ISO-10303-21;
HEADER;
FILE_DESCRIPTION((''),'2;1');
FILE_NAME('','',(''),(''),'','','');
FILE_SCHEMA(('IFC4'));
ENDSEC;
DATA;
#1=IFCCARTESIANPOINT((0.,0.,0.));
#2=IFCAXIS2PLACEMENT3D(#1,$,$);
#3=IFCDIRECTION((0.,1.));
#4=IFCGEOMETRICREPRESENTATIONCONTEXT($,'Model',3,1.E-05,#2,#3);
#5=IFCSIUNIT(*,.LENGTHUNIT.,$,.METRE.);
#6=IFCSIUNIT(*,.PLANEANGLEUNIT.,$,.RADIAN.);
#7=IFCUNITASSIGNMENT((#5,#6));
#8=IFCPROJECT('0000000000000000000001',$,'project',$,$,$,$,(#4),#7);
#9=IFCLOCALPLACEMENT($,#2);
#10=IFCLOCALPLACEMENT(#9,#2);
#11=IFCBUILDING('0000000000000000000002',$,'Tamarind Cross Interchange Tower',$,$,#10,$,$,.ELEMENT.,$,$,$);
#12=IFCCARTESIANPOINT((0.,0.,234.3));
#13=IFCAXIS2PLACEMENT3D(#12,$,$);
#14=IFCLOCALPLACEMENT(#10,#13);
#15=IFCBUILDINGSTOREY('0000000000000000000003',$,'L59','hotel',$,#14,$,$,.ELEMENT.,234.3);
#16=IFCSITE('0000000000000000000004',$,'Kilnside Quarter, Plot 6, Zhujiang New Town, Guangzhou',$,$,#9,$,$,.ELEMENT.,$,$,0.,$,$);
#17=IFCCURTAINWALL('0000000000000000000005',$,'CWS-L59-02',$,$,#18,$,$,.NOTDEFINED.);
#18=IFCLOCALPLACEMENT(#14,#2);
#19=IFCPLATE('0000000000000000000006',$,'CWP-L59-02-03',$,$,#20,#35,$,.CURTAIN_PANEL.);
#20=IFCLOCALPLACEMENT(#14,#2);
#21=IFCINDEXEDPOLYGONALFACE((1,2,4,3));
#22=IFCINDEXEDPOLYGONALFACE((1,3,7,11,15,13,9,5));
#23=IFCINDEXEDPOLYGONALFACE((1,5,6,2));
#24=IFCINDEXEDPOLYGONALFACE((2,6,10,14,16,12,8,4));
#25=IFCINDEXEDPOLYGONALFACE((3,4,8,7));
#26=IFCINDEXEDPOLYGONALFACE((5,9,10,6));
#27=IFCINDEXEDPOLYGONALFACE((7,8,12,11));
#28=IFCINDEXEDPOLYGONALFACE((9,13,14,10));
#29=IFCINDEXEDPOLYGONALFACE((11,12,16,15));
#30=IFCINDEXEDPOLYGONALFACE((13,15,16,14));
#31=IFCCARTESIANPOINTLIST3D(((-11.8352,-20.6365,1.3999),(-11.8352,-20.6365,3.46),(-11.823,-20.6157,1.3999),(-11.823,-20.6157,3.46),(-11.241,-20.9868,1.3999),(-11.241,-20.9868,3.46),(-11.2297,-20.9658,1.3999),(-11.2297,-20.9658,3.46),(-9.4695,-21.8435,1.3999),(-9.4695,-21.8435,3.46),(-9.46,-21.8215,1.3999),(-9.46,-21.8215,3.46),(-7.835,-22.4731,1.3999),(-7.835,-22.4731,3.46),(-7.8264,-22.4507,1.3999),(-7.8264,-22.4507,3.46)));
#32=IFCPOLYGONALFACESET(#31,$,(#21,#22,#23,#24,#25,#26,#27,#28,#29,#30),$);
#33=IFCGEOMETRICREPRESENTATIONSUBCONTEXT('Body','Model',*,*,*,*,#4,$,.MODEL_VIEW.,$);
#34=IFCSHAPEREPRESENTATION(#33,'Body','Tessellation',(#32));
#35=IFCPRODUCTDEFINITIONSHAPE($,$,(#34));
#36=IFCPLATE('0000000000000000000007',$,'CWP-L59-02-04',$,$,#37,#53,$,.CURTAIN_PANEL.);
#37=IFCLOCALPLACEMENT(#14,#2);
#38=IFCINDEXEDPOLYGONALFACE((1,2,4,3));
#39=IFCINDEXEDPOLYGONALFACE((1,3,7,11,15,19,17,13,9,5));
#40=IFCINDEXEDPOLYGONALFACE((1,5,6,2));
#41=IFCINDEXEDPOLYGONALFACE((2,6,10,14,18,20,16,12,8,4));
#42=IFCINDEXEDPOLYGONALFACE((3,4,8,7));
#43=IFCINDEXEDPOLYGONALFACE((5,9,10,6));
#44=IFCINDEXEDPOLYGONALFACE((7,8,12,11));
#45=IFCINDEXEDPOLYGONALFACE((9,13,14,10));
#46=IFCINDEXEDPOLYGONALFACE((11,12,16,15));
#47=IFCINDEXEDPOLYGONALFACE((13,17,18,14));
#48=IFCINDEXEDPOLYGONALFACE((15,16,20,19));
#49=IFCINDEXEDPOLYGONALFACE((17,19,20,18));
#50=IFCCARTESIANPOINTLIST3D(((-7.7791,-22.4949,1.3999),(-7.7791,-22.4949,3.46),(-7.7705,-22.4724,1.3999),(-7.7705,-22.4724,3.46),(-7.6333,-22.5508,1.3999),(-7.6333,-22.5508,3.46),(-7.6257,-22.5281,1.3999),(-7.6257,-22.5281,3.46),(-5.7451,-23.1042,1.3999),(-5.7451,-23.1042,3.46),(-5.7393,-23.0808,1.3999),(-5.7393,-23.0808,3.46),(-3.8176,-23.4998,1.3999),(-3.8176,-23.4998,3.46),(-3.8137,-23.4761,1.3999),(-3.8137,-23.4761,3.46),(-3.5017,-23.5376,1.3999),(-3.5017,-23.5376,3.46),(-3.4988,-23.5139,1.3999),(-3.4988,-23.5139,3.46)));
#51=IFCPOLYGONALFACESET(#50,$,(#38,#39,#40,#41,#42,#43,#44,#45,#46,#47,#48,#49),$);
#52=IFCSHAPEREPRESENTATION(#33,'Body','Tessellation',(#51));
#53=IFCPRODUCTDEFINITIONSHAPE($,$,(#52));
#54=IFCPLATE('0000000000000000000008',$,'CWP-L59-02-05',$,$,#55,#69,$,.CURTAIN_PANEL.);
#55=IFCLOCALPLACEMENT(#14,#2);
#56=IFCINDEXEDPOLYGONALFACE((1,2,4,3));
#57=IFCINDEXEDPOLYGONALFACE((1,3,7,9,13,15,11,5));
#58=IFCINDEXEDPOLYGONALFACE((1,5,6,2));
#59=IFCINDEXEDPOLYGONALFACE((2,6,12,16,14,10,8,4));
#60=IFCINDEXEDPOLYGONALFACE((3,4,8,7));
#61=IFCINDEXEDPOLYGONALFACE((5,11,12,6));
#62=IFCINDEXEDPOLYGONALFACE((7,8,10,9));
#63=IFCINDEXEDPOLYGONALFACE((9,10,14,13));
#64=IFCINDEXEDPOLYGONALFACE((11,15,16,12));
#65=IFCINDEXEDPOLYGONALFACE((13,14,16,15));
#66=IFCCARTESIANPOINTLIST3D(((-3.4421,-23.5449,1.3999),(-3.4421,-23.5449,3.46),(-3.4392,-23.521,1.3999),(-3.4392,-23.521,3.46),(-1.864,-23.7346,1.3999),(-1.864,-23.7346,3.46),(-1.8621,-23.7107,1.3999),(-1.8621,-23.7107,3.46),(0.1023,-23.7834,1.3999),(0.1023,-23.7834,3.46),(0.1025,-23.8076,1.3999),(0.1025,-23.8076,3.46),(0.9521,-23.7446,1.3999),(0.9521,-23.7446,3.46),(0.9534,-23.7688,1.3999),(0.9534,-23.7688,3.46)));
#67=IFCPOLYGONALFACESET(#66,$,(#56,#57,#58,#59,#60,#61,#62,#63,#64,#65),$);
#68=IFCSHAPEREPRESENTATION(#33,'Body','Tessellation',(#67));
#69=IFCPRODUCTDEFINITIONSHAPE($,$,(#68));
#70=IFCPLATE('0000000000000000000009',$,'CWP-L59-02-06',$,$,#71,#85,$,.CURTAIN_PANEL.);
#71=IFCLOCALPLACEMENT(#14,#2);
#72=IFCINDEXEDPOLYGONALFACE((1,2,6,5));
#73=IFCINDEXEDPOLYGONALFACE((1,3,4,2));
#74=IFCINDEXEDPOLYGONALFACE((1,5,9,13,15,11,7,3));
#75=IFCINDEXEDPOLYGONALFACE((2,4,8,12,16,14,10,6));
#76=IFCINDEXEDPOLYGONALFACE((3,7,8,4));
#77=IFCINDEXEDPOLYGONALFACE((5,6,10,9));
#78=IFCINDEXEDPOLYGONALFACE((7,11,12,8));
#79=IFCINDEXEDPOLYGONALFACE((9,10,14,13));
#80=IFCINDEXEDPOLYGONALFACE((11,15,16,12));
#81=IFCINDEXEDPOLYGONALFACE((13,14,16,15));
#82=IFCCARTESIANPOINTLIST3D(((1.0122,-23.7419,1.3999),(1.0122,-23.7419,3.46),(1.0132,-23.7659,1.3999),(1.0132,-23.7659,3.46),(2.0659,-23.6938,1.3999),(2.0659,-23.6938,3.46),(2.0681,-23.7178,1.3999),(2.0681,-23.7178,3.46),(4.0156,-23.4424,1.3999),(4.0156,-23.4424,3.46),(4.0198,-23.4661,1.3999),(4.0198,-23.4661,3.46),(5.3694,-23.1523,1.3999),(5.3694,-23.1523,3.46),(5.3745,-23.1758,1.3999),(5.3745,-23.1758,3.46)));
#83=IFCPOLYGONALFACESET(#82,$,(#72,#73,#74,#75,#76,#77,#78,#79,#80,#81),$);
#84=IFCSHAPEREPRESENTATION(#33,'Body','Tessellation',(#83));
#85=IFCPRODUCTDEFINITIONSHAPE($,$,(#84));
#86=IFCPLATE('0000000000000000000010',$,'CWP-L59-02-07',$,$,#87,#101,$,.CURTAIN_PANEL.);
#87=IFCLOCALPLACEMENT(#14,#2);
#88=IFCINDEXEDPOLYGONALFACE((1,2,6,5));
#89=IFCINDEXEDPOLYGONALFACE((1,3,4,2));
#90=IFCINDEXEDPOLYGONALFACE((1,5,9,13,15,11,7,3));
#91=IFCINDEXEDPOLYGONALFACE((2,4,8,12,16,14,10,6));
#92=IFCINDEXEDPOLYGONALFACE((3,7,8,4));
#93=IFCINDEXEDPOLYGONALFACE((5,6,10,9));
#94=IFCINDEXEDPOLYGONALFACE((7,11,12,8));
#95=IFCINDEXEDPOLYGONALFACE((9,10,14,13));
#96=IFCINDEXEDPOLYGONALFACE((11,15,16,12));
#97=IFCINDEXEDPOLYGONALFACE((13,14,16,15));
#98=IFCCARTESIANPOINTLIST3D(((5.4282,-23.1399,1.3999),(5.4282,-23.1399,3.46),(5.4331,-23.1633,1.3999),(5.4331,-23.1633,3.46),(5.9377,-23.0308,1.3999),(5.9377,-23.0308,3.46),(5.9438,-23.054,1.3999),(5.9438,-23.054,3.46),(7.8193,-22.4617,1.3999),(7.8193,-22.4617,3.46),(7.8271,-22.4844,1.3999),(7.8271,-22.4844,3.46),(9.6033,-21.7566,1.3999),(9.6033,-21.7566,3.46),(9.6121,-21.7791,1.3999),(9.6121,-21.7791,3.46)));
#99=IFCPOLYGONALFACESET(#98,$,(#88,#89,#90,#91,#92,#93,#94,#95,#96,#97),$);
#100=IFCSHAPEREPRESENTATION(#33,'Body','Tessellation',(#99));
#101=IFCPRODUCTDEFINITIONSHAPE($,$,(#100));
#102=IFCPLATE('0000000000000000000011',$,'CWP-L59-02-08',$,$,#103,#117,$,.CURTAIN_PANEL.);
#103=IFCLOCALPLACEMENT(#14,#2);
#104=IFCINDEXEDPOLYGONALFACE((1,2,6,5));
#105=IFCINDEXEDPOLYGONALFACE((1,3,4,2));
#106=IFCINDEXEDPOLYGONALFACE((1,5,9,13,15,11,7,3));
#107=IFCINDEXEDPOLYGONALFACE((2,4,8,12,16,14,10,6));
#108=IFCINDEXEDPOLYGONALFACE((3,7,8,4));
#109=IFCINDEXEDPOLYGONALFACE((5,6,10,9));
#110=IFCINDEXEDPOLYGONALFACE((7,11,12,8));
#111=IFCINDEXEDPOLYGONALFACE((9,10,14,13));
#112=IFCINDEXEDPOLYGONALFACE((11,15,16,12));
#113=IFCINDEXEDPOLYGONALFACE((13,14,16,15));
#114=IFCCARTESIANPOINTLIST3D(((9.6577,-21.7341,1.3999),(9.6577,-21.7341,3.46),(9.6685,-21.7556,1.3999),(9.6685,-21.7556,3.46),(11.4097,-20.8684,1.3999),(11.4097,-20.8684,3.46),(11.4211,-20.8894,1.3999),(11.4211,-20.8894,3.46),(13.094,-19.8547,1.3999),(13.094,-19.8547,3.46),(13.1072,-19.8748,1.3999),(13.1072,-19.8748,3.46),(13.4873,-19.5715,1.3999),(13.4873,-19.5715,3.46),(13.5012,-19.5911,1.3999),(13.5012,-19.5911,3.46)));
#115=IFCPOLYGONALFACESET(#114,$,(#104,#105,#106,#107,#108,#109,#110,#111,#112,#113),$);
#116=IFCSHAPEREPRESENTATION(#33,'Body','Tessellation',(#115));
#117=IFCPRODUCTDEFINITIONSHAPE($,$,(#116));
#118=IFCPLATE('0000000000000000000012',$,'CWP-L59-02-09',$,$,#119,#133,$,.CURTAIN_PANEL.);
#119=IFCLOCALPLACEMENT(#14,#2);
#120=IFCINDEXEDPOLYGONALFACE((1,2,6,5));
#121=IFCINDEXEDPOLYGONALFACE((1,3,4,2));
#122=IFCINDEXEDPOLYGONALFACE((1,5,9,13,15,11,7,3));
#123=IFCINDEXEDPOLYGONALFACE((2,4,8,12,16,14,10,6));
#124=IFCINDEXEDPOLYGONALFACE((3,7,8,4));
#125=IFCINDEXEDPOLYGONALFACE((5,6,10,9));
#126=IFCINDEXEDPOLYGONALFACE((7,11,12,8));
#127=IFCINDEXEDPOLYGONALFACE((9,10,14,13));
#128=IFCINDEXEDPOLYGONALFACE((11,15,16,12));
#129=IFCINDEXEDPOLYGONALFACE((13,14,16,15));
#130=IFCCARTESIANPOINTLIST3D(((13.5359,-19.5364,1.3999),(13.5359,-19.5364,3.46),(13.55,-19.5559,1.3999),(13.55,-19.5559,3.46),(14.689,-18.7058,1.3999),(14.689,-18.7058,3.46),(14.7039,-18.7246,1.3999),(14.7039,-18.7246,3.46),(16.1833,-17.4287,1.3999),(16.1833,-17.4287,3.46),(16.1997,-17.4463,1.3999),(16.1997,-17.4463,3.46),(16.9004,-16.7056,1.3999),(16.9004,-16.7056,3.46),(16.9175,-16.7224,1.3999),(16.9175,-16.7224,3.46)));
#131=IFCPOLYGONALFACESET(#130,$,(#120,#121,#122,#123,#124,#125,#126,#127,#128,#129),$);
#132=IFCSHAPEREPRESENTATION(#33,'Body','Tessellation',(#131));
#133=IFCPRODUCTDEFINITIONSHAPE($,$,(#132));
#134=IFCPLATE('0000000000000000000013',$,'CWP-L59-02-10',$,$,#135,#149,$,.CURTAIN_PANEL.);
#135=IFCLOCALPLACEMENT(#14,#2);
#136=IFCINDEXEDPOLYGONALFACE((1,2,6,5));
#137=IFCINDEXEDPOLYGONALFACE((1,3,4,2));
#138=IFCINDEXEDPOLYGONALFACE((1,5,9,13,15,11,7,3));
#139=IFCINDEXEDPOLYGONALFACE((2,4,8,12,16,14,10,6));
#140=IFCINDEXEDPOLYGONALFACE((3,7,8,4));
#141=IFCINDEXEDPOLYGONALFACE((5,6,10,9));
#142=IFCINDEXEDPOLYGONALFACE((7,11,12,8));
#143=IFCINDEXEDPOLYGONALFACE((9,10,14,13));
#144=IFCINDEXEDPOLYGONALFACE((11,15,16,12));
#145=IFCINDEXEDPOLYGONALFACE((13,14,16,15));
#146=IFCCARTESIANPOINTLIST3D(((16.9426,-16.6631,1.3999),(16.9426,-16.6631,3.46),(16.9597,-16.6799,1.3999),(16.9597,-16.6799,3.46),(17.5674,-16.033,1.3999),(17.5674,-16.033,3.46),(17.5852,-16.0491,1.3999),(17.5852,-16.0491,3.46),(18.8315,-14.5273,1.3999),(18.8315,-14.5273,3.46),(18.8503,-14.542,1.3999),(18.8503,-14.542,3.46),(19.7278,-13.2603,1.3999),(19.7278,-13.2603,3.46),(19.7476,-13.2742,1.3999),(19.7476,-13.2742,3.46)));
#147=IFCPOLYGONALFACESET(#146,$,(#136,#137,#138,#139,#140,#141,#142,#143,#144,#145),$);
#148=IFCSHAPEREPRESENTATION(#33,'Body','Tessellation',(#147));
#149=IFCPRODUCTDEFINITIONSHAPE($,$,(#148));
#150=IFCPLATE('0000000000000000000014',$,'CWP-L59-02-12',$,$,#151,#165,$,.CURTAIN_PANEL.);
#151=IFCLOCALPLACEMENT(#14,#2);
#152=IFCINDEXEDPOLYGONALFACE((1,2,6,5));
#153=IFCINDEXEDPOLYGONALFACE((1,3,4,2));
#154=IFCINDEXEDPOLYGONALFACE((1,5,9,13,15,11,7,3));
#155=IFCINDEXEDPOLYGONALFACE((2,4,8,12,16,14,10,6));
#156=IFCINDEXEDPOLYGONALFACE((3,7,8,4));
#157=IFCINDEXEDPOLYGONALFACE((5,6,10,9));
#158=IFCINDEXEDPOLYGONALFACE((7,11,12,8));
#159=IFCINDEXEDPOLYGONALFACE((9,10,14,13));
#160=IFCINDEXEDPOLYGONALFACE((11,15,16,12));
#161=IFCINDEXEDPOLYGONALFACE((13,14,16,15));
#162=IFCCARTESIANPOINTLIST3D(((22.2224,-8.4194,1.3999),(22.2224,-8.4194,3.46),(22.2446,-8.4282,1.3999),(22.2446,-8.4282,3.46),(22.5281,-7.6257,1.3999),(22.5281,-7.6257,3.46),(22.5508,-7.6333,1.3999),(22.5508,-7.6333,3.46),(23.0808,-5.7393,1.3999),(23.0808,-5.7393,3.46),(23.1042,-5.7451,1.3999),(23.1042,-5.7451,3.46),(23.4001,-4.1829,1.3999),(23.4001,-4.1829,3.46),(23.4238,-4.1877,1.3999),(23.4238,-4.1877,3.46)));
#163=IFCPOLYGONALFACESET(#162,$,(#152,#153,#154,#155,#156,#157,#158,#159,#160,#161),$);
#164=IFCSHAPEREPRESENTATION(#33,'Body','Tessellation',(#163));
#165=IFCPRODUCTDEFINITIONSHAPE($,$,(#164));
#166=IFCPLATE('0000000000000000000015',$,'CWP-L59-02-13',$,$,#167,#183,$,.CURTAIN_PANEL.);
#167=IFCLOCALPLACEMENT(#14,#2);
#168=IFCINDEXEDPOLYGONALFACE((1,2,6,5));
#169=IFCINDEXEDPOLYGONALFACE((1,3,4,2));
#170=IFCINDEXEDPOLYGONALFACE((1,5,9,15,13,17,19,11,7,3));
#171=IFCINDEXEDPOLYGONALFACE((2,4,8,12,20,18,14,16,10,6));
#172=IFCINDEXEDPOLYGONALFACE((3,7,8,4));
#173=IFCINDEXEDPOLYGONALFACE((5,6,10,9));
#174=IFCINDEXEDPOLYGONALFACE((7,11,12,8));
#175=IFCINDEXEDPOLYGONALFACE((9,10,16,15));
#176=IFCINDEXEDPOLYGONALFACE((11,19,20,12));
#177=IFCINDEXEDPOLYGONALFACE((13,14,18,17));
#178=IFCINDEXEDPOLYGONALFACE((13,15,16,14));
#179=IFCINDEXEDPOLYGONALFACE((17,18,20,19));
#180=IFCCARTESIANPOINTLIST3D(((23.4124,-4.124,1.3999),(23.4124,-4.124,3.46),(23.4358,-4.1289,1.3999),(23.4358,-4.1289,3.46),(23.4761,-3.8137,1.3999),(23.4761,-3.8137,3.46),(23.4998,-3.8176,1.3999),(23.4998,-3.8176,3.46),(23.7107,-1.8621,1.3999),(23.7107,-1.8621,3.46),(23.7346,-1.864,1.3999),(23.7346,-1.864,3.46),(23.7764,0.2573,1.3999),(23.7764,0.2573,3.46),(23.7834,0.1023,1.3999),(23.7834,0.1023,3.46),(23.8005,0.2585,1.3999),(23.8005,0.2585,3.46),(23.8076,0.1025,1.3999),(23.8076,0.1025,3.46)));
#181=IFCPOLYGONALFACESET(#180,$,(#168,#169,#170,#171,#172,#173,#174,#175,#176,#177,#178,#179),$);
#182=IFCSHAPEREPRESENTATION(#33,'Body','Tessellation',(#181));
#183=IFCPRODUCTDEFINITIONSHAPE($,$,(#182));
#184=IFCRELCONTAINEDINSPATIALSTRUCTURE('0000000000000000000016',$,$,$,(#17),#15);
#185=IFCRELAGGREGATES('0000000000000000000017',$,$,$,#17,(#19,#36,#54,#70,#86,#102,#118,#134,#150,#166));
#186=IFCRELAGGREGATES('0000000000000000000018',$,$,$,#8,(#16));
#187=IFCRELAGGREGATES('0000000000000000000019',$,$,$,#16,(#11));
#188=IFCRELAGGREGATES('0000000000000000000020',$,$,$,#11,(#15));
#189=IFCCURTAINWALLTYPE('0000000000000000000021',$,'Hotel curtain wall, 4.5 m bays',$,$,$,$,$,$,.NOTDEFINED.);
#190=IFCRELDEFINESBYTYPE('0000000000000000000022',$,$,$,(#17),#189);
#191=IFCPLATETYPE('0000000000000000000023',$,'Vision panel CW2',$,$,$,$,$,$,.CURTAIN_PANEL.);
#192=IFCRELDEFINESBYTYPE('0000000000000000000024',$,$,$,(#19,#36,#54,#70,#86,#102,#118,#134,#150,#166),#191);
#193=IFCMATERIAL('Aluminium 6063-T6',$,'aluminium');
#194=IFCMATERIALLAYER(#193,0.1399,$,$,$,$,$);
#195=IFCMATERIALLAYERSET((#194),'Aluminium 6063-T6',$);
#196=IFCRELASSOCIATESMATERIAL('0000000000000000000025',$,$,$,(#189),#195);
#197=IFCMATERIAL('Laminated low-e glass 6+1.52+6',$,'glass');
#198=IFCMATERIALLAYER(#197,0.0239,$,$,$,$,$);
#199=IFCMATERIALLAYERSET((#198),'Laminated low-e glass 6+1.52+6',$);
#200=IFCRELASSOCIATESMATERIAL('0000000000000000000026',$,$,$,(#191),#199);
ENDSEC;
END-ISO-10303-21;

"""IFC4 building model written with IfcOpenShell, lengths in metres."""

from ifc_helpers import new_model, si_unit, direction, frame, origin, place, context, subcontext, project, spatial, polyline, outline, extrude, material, layer, layer_set, type_object, element, aggregate, save


model = new_model("IFC4")

# Units and contexts
model_context = context("Model", 3, precision=1e-05, world=origin(), true_north=direction((0.0, 1.0)))
body_context = subcontext(model_context, "Body", "Model", "MODEL_VIEW")
ifc_project = project(units=[si_unit("LENGTHUNIT", "METRE"), si_unit("PLANEANGLEUNIT", "RADIAN")], contexts=[model_context])

# Site, building, storey
site_placement = place(None, origin())
site = spatial("IfcSite", under=ifc_project, at=site_placement, Name="Kilnside Quarter, Plot 6, Zhujiang New Town, Guangzhou", CompositionType="ELEMENT", RefElevation=0.0)
building_placement = place(site_placement, origin())
building = spatial("IfcBuilding", under=site, at=building_placement, Name="Tamarind Cross Interchange Tower", CompositionType="ELEMENT")
storey_placement = place(building_placement, frame((0.0, 0.0, 234.3)))
storey = spatial("IfcBuildingStorey", under=building, at=storey_placement, Name="L59", Description="hotel", CompositionType="ELEMENT", Elevation=234.3)

# Shared definitions
ifc_material_1 = material(Name="Aluminium 6063-T6", Category="aluminium")
ifc_layer_1 = layer(ifc_material_1, 0.1399)
ifc_layer_set_1 = layer_set([ifc_layer_1], Name="Aluminium 6063-T6")
curtain_wall_type = type_object("IfcCurtainWallType", Name="Hotel curtain wall, 4.5 m bays", PredefinedType="NOTDEFINED", material=ifc_layer_set_1)

# Shared definitions
ifc_material_2 = material(Name="Laminated low-e glass 6+1.52+6", Category="glass")
ifc_layer_2 = layer(ifc_material_2, 0.0239)
ifc_layer_set_2 = layer_set([ifc_layer_2], Name="Laminated low-e glass 6+1.52+6")
plate_type = type_object("IfcPlateType", Name="Vision panel CW2", PredefinedType="CURTAIN_PANEL", material=ifc_layer_set_2)

# Curtain wall, plates
curtain_wall_1_placement = place(storey_placement, origin())
curtain_wall_1 = element("IfcCurtainWall", 1, at=curtain_wall_1_placement, inside=storey, type_object=curtain_wall_type, Name="CWS-L59-02", PredefinedType="NOTDEFINED")
plate_1_placement = place(storey_placement, frame((0.0, 0.0, 1.3999)))
plate_1 = element("IfcPlate", 2, at=plate_1_placement, type_object=plate_type, Name="CWP-L59-02-03", PredefinedType="CURTAIN_PANEL", context=body_context, shape_type="SweptSolid", body=[
    extrude(outline(polyline([(-11.823, -20.6157), (-11.2297, -20.9658), (-9.46, -21.8215), (-7.8264, -22.4507), (-7.835, -22.4731), (-9.4695, -21.8435), (-11.241, -20.9868), (-11.8352, -20.6365), (-11.823, -20.6157)])), origin(), (0.0, 0.0, 1.0), 2.0601),
])
plate_2_placement = place(storey_placement, frame((0.0, 0.0, 1.3999)))
plate_2 = element("IfcPlate", 3, at=plate_2_placement, type_object=plate_type, Name="CWP-L59-02-04", PredefinedType="CURTAIN_PANEL", context=body_context, shape_type="SweptSolid", body=[
    extrude(outline(polyline([(-7.7705, -22.4724), (-7.6257, -22.5281), (-5.7393, -23.0808), (-3.8137, -23.4761), (-3.4988, -23.5139), (-3.5017, -23.5376), (-3.8176, -23.4998), (-5.7451, -23.1042), (-7.6333, -22.5508), (-7.7791, -22.4949), (-7.7705, -22.4724)])), origin(), (0.0, 0.0, 1.0), 2.0601),
])
plate_3_placement = place(storey_placement, frame((0.0, 0.0, 1.3999)))
plate_3 = element("IfcPlate", 4, at=plate_3_placement, type_object=plate_type, Name="CWP-L59-02-05", PredefinedType="CURTAIN_PANEL", context=body_context, shape_type="SweptSolid", body=[
    extrude(outline(polyline([(-3.4392, -23.521), (-1.8621, -23.7107), (0.1023, -23.7834), (0.9521, -23.7446), (0.9534, -23.7688), (0.1025, -23.8076), (-1.864, -23.7346), (-3.4421, -23.5449), (-3.4392, -23.521)])), origin(), (0.0, 0.0, 1.0), 2.0601),
])
plate_4_placement = place(storey_placement, frame((0.0, 0.0, 1.3999)))
plate_4 = element("IfcPlate", 5, at=plate_4_placement, type_object=plate_type, Name="CWP-L59-02-06", PredefinedType="CURTAIN_PANEL", context=body_context, shape_type="SweptSolid", body=[
    extrude(outline(polyline([(1.0122, -23.7419), (2.0659, -23.6938), (4.0156, -23.4424), (5.3694, -23.1523), (5.3745, -23.1758), (4.0198, -23.4661), (2.0681, -23.7178), (1.0132, -23.7659), (1.0122, -23.7419)])), origin(), (0.0, 0.0, 1.0), 2.0601),
])
plate_5_placement = place(storey_placement, frame((0.0, 0.0, 1.3999)))
plate_5 = element("IfcPlate", 6, at=plate_5_placement, type_object=plate_type, Name="CWP-L59-02-07", PredefinedType="CURTAIN_PANEL", context=body_context, shape_type="SweptSolid", body=[
    extrude(outline(polyline([(5.4282, -23.1399), (5.9377, -23.0308), (7.8193, -22.4617), (9.6033, -21.7566), (9.6121, -21.7791), (7.8271, -22.4844), (5.9438, -23.054), (5.4331, -23.1633), (5.4282, -23.1399)])), origin(), (0.0, 0.0, 1.0), 2.0601),
])
plate_6_placement = place(storey_placement, frame((0.0, 0.0, 1.3999)))
plate_6 = element("IfcPlate", 7, at=plate_6_placement, type_object=plate_type, Name="CWP-L59-02-08", PredefinedType="CURTAIN_PANEL", context=body_context, shape_type="SweptSolid", body=[
    extrude(outline(polyline([(9.6577, -21.7341), (11.4097, -20.8684), (13.094, -19.8547), (13.4873, -19.5715), (13.5012, -19.5911), (13.1072, -19.8748), (11.4211, -20.8894), (9.6685, -21.7556), (9.6577, -21.7341)])), origin(), (0.0, 0.0, 1.0), 2.0601),
])
plate_7_placement = place(storey_placement, frame((0.0, 0.0, 1.3999)))
plate_7 = element("IfcPlate", 8, at=plate_7_placement, type_object=plate_type, Name="CWP-L59-02-09", PredefinedType="CURTAIN_PANEL", context=body_context, shape_type="SweptSolid", body=[
    extrude(outline(polyline([(13.5359, -19.5364), (14.689, -18.7058), (16.1833, -17.4287), (16.9004, -16.7056), (16.9175, -16.7224), (16.1997, -17.4463), (14.7039, -18.7246), (13.55, -19.5559), (13.5359, -19.5364)])), origin(), (0.0, 0.0, 1.0), 2.0601),
])
plate_8_placement = place(storey_placement, frame((0.0, 0.0, 1.3999)))
plate_8 = element("IfcPlate", 9, at=plate_8_placement, type_object=plate_type, Name="CWP-L59-02-10", PredefinedType="CURTAIN_PANEL", context=body_context, shape_type="SweptSolid", body=[
    extrude(outline(polyline([(16.9426, -16.6631), (17.5674, -16.033), (18.8315, -14.5273), (19.7278, -13.2603), (19.7476, -13.2742), (18.8503, -14.542), (17.5852, -16.0491), (16.9597, -16.6799), (16.9426, -16.6631)])), origin(), (0.0, 0.0, 1.0), 2.0601),
])
plate_9_placement = place(storey_placement, frame((0.0, 0.0, 1.3999)))
plate_9 = element("IfcPlate", 10, at=plate_9_placement, type_object=plate_type, Name="CWP-L59-02-12", PredefinedType="CURTAIN_PANEL", context=body_context, shape_type="SweptSolid", body=[
    extrude(outline(polyline([(22.2224, -8.4194), (22.5281, -7.6257), (23.0808, -5.7393), (23.4001, -4.1829), (23.4238, -4.1877), (23.1042, -5.7451), (22.5508, -7.6333), (22.2446, -8.4282), (22.2224, -8.4194)])), origin(), (0.0, 0.0, 1.0), 2.0601),
])
plate_10_placement = place(storey_placement, frame((0.0, 0.0, 1.3999)))
plate_10 = element("IfcPlate", 11, at=plate_10_placement, type_object=plate_type, Name="CWP-L59-02-13", PredefinedType="CURTAIN_PANEL", context=body_context, shape_type="SweptSolid", body=[
    extrude(outline(polyline([(23.4124, -4.124), (23.4761, -3.8137), (23.7107, -1.8621), (23.7834, 0.1023), (23.7764, 0.2573), (23.8005, 0.2585), (23.8076, 0.1025), (23.7346, -1.864), (23.4998, -3.8176), (23.4358, -4.1289), (23.4124, -4.124)])), origin(), (0.0, 0.0, 1.0), 2.0601),
])
aggregate(curtain_wall_1, [plate_1, plate_2, plate_3, plate_4, plate_5, plate_6, plate_7, plate_8, plate_9, plate_10])

save(model, "model.ifc")
